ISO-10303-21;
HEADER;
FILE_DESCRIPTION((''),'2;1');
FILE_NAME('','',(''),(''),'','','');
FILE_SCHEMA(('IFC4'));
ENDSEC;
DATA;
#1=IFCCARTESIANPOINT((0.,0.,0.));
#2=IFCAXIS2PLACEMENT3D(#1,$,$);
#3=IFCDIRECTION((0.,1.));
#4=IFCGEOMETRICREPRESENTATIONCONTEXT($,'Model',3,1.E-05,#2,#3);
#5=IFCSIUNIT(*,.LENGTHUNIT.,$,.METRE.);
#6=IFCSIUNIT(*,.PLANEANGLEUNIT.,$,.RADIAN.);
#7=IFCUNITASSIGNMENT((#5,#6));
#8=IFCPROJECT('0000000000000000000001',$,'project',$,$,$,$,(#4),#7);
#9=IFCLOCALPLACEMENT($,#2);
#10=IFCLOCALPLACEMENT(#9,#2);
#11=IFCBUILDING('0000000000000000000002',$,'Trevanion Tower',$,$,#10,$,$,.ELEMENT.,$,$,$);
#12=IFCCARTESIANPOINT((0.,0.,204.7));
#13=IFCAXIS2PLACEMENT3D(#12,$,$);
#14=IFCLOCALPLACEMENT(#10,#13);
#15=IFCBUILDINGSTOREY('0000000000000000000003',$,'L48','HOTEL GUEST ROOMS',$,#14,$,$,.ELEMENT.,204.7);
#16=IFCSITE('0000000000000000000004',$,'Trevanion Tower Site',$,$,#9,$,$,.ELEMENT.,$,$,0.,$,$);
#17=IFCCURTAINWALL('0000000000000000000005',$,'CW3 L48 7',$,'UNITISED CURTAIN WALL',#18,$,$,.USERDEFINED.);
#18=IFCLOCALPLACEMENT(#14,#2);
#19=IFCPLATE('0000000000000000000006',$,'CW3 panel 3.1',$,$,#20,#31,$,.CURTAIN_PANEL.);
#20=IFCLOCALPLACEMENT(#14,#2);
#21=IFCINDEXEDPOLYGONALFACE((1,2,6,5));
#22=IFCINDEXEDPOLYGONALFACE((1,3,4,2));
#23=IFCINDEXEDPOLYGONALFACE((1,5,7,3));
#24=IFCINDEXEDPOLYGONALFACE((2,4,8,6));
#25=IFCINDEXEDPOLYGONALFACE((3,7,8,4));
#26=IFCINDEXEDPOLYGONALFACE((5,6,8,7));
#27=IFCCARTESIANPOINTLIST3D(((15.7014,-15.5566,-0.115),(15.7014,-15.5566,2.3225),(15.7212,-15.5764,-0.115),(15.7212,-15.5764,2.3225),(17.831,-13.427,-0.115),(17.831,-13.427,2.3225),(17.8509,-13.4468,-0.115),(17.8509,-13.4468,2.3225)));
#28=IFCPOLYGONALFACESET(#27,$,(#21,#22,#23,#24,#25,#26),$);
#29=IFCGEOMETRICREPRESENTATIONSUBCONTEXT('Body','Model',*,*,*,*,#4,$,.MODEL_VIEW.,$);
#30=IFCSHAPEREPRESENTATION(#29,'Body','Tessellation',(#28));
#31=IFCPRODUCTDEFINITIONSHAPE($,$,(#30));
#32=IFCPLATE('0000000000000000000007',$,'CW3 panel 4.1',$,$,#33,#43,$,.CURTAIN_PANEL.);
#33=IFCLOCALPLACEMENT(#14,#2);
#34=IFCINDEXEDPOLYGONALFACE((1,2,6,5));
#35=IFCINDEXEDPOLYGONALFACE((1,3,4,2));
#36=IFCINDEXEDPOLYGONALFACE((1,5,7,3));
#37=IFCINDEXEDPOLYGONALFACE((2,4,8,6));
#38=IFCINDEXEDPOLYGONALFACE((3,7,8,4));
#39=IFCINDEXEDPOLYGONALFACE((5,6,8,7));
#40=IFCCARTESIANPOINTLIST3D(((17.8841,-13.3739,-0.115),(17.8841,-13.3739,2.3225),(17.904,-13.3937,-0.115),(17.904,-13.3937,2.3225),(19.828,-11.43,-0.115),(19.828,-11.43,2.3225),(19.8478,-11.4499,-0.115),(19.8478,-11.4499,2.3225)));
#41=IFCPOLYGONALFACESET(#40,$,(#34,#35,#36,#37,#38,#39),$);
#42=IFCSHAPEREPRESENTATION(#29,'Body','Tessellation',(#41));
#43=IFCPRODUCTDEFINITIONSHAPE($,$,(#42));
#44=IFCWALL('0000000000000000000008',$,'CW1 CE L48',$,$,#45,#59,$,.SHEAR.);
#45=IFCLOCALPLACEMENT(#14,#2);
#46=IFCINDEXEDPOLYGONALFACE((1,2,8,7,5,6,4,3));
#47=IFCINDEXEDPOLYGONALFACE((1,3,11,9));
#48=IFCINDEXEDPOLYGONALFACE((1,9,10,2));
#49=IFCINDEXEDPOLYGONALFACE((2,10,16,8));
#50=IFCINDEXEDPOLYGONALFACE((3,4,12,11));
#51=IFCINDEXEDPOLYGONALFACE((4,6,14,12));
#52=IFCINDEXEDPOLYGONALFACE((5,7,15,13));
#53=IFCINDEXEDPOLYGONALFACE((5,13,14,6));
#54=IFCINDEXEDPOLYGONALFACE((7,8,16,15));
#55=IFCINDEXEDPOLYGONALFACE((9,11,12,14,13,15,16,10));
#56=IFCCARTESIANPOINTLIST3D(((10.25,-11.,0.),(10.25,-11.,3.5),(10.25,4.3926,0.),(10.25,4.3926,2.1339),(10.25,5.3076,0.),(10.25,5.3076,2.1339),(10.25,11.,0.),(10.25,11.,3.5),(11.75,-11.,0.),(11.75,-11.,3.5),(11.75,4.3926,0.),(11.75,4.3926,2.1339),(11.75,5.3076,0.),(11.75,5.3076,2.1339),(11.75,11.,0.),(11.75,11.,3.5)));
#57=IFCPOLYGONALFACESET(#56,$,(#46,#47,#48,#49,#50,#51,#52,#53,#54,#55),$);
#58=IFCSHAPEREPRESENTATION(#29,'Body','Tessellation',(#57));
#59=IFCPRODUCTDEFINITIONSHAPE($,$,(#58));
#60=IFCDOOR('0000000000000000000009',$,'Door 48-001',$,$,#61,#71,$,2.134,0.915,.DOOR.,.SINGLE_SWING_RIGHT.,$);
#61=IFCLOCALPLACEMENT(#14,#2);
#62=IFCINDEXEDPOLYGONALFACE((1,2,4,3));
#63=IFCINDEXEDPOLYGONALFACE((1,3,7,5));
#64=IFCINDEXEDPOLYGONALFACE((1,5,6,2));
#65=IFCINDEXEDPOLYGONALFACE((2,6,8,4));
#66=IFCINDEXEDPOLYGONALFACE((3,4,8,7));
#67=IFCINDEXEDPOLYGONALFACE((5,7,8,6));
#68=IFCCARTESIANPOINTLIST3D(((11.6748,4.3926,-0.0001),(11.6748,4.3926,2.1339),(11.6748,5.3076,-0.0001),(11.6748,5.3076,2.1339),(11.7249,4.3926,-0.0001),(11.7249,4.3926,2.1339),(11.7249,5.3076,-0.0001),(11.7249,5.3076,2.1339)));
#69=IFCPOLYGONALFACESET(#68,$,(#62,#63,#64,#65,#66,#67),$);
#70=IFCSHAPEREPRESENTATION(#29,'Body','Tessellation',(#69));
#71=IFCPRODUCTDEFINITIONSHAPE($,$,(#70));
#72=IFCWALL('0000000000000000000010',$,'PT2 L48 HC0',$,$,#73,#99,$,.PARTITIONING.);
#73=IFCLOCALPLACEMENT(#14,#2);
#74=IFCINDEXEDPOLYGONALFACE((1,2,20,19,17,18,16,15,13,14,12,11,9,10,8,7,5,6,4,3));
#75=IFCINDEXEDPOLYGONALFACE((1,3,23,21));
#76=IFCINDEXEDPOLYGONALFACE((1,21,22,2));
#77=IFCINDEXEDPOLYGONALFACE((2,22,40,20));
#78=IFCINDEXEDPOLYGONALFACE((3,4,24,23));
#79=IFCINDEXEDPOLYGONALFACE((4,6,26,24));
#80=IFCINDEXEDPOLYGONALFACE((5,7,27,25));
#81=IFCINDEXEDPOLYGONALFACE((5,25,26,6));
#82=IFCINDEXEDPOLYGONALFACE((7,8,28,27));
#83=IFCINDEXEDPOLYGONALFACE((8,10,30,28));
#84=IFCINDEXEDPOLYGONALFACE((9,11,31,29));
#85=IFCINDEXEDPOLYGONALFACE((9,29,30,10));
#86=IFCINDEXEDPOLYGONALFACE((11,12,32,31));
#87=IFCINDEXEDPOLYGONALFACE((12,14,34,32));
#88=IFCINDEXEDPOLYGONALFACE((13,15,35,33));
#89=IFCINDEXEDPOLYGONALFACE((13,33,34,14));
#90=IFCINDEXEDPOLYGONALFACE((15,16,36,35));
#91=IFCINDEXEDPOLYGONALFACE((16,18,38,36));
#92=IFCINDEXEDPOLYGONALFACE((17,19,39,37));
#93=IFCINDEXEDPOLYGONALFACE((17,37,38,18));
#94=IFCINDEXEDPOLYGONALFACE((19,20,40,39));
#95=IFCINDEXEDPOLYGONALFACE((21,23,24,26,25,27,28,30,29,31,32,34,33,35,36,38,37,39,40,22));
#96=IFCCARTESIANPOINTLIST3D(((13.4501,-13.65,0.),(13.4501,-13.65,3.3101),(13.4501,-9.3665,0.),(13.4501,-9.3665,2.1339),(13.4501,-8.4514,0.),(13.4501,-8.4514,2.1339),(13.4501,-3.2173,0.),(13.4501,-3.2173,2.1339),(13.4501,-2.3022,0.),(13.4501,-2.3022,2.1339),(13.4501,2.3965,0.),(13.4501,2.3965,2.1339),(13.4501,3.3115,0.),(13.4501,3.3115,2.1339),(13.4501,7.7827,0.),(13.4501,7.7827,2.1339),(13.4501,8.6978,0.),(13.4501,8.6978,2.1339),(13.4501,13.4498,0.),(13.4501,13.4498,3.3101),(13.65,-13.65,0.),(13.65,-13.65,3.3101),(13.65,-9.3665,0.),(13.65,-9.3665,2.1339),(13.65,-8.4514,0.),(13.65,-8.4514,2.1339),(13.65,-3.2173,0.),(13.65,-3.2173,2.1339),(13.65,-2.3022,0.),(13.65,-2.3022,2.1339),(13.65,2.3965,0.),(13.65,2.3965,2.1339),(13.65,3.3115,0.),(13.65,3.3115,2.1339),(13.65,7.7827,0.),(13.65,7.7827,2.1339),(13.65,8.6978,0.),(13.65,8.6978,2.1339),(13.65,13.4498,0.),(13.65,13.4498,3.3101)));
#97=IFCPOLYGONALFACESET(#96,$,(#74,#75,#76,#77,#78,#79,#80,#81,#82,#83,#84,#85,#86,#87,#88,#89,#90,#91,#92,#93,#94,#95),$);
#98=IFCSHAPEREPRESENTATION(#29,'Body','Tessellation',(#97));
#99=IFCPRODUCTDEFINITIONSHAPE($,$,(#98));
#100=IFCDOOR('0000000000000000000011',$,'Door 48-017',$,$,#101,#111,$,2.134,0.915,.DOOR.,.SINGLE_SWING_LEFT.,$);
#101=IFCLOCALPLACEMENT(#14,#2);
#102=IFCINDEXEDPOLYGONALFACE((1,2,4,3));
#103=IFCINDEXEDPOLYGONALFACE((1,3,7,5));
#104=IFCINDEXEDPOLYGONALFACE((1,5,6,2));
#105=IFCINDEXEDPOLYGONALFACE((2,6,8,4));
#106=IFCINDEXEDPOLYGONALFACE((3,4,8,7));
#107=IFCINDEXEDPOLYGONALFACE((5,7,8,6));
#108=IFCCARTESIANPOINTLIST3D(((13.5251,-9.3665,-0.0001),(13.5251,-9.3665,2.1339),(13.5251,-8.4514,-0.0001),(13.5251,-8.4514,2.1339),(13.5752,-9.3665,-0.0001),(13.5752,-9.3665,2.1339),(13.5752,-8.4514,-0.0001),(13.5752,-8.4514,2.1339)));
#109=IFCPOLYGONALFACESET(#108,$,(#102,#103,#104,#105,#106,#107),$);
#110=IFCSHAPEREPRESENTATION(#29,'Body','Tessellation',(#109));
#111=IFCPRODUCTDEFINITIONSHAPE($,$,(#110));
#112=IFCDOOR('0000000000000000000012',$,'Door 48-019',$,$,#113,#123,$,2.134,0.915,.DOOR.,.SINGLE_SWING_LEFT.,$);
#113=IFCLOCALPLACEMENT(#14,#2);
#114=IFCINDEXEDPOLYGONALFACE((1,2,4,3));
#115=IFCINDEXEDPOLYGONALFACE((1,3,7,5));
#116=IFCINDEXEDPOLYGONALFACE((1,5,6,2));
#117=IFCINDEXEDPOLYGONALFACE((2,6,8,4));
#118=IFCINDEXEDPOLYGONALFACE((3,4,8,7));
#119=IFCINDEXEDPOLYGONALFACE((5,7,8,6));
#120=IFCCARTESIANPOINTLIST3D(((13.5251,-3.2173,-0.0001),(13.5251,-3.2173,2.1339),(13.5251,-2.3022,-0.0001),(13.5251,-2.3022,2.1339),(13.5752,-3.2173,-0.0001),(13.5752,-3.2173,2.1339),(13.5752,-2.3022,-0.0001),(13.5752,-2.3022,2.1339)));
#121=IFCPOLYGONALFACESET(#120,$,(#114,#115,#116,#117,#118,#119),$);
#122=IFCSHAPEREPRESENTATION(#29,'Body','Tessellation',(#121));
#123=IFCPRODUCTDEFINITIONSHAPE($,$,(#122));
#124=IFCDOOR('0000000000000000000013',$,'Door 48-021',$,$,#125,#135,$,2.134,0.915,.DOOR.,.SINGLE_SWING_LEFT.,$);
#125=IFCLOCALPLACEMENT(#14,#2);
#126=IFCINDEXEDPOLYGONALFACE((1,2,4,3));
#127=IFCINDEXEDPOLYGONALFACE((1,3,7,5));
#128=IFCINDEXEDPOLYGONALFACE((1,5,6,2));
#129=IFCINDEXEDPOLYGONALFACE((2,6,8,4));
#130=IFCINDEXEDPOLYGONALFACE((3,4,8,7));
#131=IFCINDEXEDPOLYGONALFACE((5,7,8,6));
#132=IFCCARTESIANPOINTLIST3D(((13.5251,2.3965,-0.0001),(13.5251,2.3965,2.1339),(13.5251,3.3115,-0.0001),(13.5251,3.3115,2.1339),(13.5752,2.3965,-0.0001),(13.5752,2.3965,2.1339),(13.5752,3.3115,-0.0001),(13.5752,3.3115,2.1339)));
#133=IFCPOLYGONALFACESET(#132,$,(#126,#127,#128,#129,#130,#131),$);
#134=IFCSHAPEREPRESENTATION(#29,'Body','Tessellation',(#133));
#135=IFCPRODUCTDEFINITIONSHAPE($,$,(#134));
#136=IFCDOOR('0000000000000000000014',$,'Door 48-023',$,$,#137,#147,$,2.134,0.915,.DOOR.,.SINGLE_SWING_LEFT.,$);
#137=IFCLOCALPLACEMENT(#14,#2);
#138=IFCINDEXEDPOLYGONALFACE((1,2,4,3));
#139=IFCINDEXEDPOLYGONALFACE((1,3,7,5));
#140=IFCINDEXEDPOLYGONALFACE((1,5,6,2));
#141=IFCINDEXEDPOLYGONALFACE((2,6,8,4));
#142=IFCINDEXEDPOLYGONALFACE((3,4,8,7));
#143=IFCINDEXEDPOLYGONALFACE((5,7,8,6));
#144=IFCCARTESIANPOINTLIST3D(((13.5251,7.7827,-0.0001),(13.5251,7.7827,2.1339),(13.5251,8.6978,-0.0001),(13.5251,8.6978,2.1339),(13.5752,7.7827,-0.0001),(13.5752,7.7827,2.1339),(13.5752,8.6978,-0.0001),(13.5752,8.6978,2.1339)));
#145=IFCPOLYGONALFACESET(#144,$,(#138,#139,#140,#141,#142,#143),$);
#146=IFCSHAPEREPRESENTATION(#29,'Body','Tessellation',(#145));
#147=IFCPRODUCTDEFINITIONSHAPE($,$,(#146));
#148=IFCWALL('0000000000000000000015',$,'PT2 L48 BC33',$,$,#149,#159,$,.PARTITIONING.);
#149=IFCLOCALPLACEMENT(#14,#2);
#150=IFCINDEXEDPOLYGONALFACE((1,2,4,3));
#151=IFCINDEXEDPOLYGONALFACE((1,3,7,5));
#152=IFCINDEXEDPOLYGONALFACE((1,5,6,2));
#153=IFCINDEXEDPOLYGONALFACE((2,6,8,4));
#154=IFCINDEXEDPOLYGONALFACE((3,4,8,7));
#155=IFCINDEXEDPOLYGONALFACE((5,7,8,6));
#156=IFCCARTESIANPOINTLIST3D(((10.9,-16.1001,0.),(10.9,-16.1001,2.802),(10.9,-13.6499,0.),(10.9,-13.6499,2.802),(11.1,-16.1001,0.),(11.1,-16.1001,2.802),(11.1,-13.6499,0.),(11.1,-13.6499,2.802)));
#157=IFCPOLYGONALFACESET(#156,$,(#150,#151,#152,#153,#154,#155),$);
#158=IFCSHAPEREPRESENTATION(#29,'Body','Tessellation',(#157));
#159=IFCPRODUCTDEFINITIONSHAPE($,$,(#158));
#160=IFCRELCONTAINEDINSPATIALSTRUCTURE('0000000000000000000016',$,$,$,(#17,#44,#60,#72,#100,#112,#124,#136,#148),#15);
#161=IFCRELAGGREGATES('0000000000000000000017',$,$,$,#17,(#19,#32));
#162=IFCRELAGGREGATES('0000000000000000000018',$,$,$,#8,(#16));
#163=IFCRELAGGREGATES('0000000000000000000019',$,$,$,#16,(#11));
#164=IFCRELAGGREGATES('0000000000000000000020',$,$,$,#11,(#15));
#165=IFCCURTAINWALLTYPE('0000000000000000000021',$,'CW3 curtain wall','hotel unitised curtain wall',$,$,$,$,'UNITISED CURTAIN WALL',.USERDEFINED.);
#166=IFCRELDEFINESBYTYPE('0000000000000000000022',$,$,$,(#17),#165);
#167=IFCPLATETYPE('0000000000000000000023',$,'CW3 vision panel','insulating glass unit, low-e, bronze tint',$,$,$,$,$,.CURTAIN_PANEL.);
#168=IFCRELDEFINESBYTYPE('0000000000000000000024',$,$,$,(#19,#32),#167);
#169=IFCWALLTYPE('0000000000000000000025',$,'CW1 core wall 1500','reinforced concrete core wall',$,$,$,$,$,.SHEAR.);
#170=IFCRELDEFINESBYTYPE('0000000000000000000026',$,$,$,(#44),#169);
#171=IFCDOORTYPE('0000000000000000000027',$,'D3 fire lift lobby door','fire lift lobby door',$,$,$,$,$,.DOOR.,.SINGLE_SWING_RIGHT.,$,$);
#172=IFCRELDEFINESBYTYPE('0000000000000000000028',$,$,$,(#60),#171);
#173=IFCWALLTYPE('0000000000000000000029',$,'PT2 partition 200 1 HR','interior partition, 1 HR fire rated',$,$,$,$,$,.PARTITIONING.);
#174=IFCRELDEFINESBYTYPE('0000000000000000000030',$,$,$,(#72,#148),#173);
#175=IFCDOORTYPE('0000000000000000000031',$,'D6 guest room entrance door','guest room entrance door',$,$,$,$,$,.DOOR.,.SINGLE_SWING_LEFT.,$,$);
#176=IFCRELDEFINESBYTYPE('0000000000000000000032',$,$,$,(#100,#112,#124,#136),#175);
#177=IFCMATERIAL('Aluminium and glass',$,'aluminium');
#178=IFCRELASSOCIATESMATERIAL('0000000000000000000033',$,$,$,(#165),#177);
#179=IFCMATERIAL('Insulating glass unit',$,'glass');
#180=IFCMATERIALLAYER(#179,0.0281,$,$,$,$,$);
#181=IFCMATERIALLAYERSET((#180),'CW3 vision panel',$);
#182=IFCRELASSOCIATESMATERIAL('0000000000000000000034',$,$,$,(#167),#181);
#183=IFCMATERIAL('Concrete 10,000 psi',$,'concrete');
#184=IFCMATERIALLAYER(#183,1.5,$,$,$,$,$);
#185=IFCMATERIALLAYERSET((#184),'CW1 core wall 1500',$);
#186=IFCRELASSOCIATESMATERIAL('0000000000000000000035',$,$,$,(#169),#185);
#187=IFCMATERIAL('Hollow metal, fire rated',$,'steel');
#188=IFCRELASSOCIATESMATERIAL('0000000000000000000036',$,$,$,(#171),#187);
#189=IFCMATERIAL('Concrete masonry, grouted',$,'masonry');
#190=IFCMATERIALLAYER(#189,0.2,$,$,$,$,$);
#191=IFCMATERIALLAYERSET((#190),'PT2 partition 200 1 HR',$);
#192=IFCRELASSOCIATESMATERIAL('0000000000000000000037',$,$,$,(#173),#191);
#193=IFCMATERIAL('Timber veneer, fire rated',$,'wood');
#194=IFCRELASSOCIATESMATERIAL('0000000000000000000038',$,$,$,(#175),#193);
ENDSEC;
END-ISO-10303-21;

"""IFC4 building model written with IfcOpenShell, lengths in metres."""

from ifc_helpers import new_model, si_unit, direction, frame, frame_2d, origin, origin_2d, place, context, subcontext, project, spatial, rectangle, extrude, material, layer, layer_set, type_object, element, fill, aggregate, save


model = new_model("IFC4")

# Units and contexts
model_context = context("Model", 3, precision=1e-05, world=origin(), true_north=direction((0.0, 1.0)))
body_context = subcontext(model_context, "Body", "Model", "MODEL_VIEW")
ifc_project = project(units=[si_unit("LENGTHUNIT", "METRE"), si_unit("PLANEANGLEUNIT", "RADIAN")], contexts=[model_context])

# Site, building, storey
site_placement = place(None, origin())
site = spatial("IfcSite", under=ifc_project, at=site_placement, Name="Trevanion Tower Site", CompositionType="ELEMENT", RefElevation=0.0)
building_placement = place(site_placement, origin())
building = spatial("IfcBuilding", under=site, at=building_placement, Name="Trevanion Tower", CompositionType="ELEMENT")
storey_placement = place(building_placement, frame((0.0, 0.0, 204.7)))
storey = spatial("IfcBuildingStorey", under=building, at=storey_placement, Name="L48", Description="HOTEL GUEST ROOMS", CompositionType="ELEMENT", Elevation=204.7)

# Curtain wall
ifc_material_1 = material(Name="Aluminium and glass", Category="aluminium")
curtain_wall_type = type_object("IfcCurtainWallType", Name="CW3 curtain wall", Description="hotel unitised curtain wall", ElementType="UNITISED CURTAIN WALL", PredefinedType="USERDEFINED", material=ifc_material_1)
curtain_wall_placement = place(storey_placement, origin())
curtain_wall = element("IfcCurtainWall", 1, at=curtain_wall_placement, inside=storey, type_object=curtain_wall_type, Name="CW3 L48 7", ObjectType="UNITISED CURTAIN WALL", PredefinedType="USERDEFINED")

# Plates
ifc_material_2 = material(Name="Insulating glass unit", Category="glass")
ifc_layer_1 = layer(ifc_material_2, 0.0281)
ifc_layer_set_1 = layer_set([ifc_layer_1], Name="CW3 vision panel")
plate_type_1 = type_object("IfcPlateType", Name="CW3 vision panel", Description="insulating glass unit, low-e, bronze tint", PredefinedType="CURTAIN_PANEL", material=ifc_layer_set_1)
plate_1_placement = place(storey_placement, frame((16.7761, -14.5017, -0.115), z_axis=(0.0, 0.0, 1.0), x_axis=(0.707107, 0.707107, 0.0)))
plate_1 = element("IfcPlate", 2, at=plate_1_placement, type_object=plate_type_1, Name="CW3 panel 3.1", PredefinedType="CURTAIN_PANEL", context=body_context, shape_type="SweptSolid", body=[
    extrude(rectangle(XDim=3.0117, YDim=0.0281, at=origin_2d()), origin(), (0.0, 0.0, 1.0), 2.4375),
])
plate_2_placement = place(storey_placement, frame((18.866, -12.4119, -0.115), z_axis=(0.0, 0.0, 1.0), x_axis=(0.707107, 0.707107, 0.0)))
plate_2 = element("IfcPlate", 3, at=plate_2_placement, type_object=plate_type_1, Name="CW3 panel 4.1", PredefinedType="CURTAIN_PANEL", context=body_context, shape_type="SweptSolid", body=[
    extrude(rectangle(XDim=2.749, YDim=0.0281, at=origin_2d()), origin(), (0.0, 0.0, 1.0), 2.4375),
])
aggregate(curtain_wall, [plate_1, plate_2])

# Wall, opening, door
ifc_material_3 = material(Name="Concrete 10,000 psi", Category="concrete")
ifc_layer_2 = layer(ifc_material_3, 1.5)
ifc_layer_set_2 = layer_set([ifc_layer_2], Name="CW1 core wall 1500")
wall_type_1 = type_object("IfcWallType", Name="CW1 core wall 1500", Description="reinforced concrete core wall", PredefinedType="SHEAR", material=ifc_layer_set_2)
wall_1_placement = place(storey_placement, frame((11.0, -11.0, 0.0), z_axis=(0.0, 0.0, 1.0), x_axis=(0.0, 1.0, 0.0)))
wall_1 = element("IfcWall", 4, at=wall_1_placement, inside=storey, type_object=wall_type_1, Name="CW1 CE L48", PredefinedType="SHEAR", context=body_context, shape_type="SweptSolid", body=[
    extrude(rectangle(XDim=22.0, YDim=1.5, at=frame_2d((11.0, 0.0))), origin(), (0.0, 0.0, 1.0), 3.5),
])
opening_1_placement = place(wall_1_placement, frame((15.3926, 0.0, 0.0)))
opening_1 = element("IfcOpeningElement", 5, at=opening_1_placement, cuts=wall_1, PredefinedType="OPENING", context=body_context, shape_type="SweptSolid", body=[
    extrude(rectangle(XDim=0.915, YDim=2.134, at=frame_2d((0.4575, 1.0669))), frame((0.0, 0.76, 0.0), z_axis=(0.0, -1.0, 0.0), x_axis=(1.0, 0.0, 0.0)), (0.0, 0.0, 1.0), 1.52),
])
ifc_material_4 = material(Name="Hollow metal, fire rated", Category="steel")
door_type_1 = type_object("IfcDoorType", Name="D3 fire lift lobby door", Description="fire lift lobby door", OperationType="SINGLE_SWING_RIGHT", PredefinedType="DOOR", material=ifc_material_4)
door_1_placement = place(opening_1_placement, origin())
door_1 = element("IfcDoor", 6, at=door_1_placement, inside=storey, type_object=door_type_1, Name="Door 48-001", OperationType="SINGLE_SWING_RIGHT", OverallHeight=2.134, OverallWidth=0.915, PredefinedType="DOOR", context=body_context, shape_type="SweptSolid", body=[
    extrude(rectangle(XDim=0.915, YDim=2.134, at=frame_2d((0.4575, 1.0669))), frame((0.0, -0.6748, 0.0), z_axis=(0.0, -1.0, 0.0), x_axis=(1.0, 0.0, 0.0)), (0.0, 0.0, 1.0), 0.05),
])
fill(opening_1, door_1)

# Wall, openings, doors
ifc_material_5 = material(Name="Concrete masonry, grouted", Category="masonry")
ifc_layer_3 = layer(ifc_material_5, 0.2)
ifc_layer_set_3 = layer_set([ifc_layer_3], Name="PT2 partition 200 1 HR")
wall_type_2 = type_object("IfcWallType", Name="PT2 partition 200 1 HR", Description="interior partition, 1 HR fire rated", PredefinedType="PARTITIONING", material=ifc_layer_set_3)
wall_2_placement = place(storey_placement, frame((13.55, -13.6499, 0.0), z_axis=(0.0, 0.0, 1.0), x_axis=(0.0, 1.0, 0.0)))
wall_2 = element("IfcWall", 7, at=wall_2_placement, inside=storey, type_object=wall_type_2, Name="PT2 L48 HC0", PredefinedType="PARTITIONING", context=body_context, shape_type="SweptSolid", body=[
    extrude(rectangle(XDim=27.0999, YDim=0.2, at=frame_2d((13.5498, 0.0))), origin(), (0.0, 0.0, 1.0), 3.3101),
])
opening_2_placement = place(wall_2_placement, frame((4.2834, 0.0, 0.0)))
opening_2 = element("IfcOpeningElement", 8, at=opening_2_placement, cuts=wall_2, PredefinedType="OPENING", context=body_context, shape_type="SweptSolid", body=[
    extrude(rectangle(XDim=0.915, YDim=2.134, at=frame_2d((0.4575, 1.0669))), frame((0.0, 0.1099, 0.0), z_axis=(0.0, -1.0, 0.0), x_axis=(1.0, 0.0, 0.0)), (0.0, 0.0, 1.0), 0.22),
])
opening_3_placement = place(wall_2_placement, frame((10.4326, 0.0, 0.0)))
opening_3 = element("IfcOpeningElement", 9, at=opening_3_placement, cuts=wall_2, PredefinedType="OPENING", context=body_context, shape_type="SweptSolid", body=[
    extrude(rectangle(XDim=0.915, YDim=2.134, at=frame_2d((0.4575, 1.0669))), frame((0.0, 0.1099, 0.0), z_axis=(0.0, -1.0, 0.0), x_axis=(1.0, 0.0, 0.0)), (0.0, 0.0, 1.0), 0.22),
])
opening_4_placement = place(wall_2_placement, frame((16.0464, 0.0, 0.0)))
opening_4 = element("IfcOpeningElement", 10, at=opening_4_placement, cuts=wall_2, PredefinedType="OPENING", context=body_context, shape_type="SweptSolid", body=[
    extrude(rectangle(XDim=0.915, YDim=2.134, at=frame_2d((0.4575, 1.0669))), frame((0.0, 0.1099, 0.0), z_axis=(0.0, -1.0, 0.0), x_axis=(1.0, 0.0, 0.0)), (0.0, 0.0, 1.0), 0.22),
])
opening_5_placement = place(wall_2_placement, frame((21.4326, 0.0, 0.0)))
opening_5 = element("IfcOpeningElement", 11, at=opening_5_placement, cuts=wall_2, PredefinedType="OPENING", context=body_context, shape_type="SweptSolid", body=[
    extrude(rectangle(XDim=0.915, YDim=2.134, at=frame_2d((0.4575, 1.0669))), frame((0.0, 0.1099, 0.0), z_axis=(0.0, -1.0, 0.0), x_axis=(1.0, 0.0, 0.0)), (0.0, 0.0, 1.0), 0.22),
])
ifc_material_6 = material(Name="Timber veneer, fire rated", Category="wood")
door_type_2 = type_object("IfcDoorType", Name="D6 guest room entrance door", Description="guest room entrance door", OperationType="SINGLE_SWING_LEFT", PredefinedType="DOOR", material=ifc_material_6)
door_2_placement = place(opening_2_placement, origin())
door_2 = element("IfcDoor", 12, at=door_2_placement, inside=storey, type_object=door_type_2, Name="Door 48-017", OperationType="SINGLE_SWING_LEFT", OverallHeight=2.134, OverallWidth=0.915, PredefinedType="DOOR", context=body_context, shape_type="SweptSolid", body=[
    extrude(rectangle(XDim=0.915, YDim=2.134, at=frame_2d((0.4575, 1.0669))), frame((0.0, 0.0249, 0.0), z_axis=(0.0, -1.0, 0.0), x_axis=(1.0, 0.0, 0.0)), (0.0, 0.0, 1.0), 0.05),
])
fill(opening_2, door_2)
door_3_placement = place(opening_3_placement, origin())
door_3 = element("IfcDoor", 13, at=door_3_placement, inside=storey, type_object=door_type_2, Name="Door 48-019", OperationType="SINGLE_SWING_LEFT", OverallHeight=2.134, OverallWidth=0.915, PredefinedType="DOOR", context=body_context, shape_type="SweptSolid", body=[
    extrude(rectangle(XDim=0.915, YDim=2.134, at=frame_2d((0.4575, 1.0669))), frame((0.0, 0.0249, 0.0), z_axis=(0.0, -1.0, 0.0), x_axis=(1.0, 0.0, 0.0)), (0.0, 0.0, 1.0), 0.05),
])
fill(opening_3, door_3)
door_4_placement = place(opening_4_placement, origin())
door_4 = element("IfcDoor", 14, at=door_4_placement, inside=storey, type_object=door_type_2, Name="Door 48-021", OperationType="SINGLE_SWING_LEFT", OverallHeight=2.134, OverallWidth=0.915, PredefinedType="DOOR", context=body_context, shape_type="SweptSolid", body=[
    extrude(rectangle(XDim=0.915, YDim=2.134, at=frame_2d((0.4575, 1.0669))), frame((0.0, 0.0249, 0.0), z_axis=(0.0, -1.0, 0.0), x_axis=(1.0, 0.0, 0.0)), (0.0, 0.0, 1.0), 0.05),
])
fill(opening_4, door_4)
door_5_placement = place(opening_5_placement, origin())
door_5 = element("IfcDoor", 15, at=door_5_placement, inside=storey, type_object=door_type_2, Name="Door 48-023", OperationType="SINGLE_SWING_LEFT", OverallHeight=2.134, OverallWidth=0.915, PredefinedType="DOOR", context=body_context, shape_type="SweptSolid", body=[
    extrude(rectangle(XDim=0.915, YDim=2.134, at=frame_2d((0.4575, 1.0669))), frame((0.0, 0.0249, 0.0), z_axis=(0.0, -1.0, 0.0), x_axis=(1.0, 0.0, 0.0)), (0.0, 0.0, 1.0), 0.05),
])
fill(opening_5, door_5)

# Wall
wall_3_placement = place(storey_placement, frame((11.0, -13.6499, 0.0), z_axis=(0.0, 0.0, 1.0), x_axis=(0.0, -1.0, 0.0)))
element("IfcWall", 16, at=wall_3_placement, inside=storey, type_object=wall_type_2, Name="PT2 L48 BC33", PredefinedType="PARTITIONING", context=body_context, shape_type="SweptSolid", body=[
    extrude(rectangle(XDim=2.4502, YDim=0.2, at=frame_2d((1.2251, 0.0))), origin(), (0.0, 0.0, 1.0), 2.802),
])

save(model, "model.ifc")
